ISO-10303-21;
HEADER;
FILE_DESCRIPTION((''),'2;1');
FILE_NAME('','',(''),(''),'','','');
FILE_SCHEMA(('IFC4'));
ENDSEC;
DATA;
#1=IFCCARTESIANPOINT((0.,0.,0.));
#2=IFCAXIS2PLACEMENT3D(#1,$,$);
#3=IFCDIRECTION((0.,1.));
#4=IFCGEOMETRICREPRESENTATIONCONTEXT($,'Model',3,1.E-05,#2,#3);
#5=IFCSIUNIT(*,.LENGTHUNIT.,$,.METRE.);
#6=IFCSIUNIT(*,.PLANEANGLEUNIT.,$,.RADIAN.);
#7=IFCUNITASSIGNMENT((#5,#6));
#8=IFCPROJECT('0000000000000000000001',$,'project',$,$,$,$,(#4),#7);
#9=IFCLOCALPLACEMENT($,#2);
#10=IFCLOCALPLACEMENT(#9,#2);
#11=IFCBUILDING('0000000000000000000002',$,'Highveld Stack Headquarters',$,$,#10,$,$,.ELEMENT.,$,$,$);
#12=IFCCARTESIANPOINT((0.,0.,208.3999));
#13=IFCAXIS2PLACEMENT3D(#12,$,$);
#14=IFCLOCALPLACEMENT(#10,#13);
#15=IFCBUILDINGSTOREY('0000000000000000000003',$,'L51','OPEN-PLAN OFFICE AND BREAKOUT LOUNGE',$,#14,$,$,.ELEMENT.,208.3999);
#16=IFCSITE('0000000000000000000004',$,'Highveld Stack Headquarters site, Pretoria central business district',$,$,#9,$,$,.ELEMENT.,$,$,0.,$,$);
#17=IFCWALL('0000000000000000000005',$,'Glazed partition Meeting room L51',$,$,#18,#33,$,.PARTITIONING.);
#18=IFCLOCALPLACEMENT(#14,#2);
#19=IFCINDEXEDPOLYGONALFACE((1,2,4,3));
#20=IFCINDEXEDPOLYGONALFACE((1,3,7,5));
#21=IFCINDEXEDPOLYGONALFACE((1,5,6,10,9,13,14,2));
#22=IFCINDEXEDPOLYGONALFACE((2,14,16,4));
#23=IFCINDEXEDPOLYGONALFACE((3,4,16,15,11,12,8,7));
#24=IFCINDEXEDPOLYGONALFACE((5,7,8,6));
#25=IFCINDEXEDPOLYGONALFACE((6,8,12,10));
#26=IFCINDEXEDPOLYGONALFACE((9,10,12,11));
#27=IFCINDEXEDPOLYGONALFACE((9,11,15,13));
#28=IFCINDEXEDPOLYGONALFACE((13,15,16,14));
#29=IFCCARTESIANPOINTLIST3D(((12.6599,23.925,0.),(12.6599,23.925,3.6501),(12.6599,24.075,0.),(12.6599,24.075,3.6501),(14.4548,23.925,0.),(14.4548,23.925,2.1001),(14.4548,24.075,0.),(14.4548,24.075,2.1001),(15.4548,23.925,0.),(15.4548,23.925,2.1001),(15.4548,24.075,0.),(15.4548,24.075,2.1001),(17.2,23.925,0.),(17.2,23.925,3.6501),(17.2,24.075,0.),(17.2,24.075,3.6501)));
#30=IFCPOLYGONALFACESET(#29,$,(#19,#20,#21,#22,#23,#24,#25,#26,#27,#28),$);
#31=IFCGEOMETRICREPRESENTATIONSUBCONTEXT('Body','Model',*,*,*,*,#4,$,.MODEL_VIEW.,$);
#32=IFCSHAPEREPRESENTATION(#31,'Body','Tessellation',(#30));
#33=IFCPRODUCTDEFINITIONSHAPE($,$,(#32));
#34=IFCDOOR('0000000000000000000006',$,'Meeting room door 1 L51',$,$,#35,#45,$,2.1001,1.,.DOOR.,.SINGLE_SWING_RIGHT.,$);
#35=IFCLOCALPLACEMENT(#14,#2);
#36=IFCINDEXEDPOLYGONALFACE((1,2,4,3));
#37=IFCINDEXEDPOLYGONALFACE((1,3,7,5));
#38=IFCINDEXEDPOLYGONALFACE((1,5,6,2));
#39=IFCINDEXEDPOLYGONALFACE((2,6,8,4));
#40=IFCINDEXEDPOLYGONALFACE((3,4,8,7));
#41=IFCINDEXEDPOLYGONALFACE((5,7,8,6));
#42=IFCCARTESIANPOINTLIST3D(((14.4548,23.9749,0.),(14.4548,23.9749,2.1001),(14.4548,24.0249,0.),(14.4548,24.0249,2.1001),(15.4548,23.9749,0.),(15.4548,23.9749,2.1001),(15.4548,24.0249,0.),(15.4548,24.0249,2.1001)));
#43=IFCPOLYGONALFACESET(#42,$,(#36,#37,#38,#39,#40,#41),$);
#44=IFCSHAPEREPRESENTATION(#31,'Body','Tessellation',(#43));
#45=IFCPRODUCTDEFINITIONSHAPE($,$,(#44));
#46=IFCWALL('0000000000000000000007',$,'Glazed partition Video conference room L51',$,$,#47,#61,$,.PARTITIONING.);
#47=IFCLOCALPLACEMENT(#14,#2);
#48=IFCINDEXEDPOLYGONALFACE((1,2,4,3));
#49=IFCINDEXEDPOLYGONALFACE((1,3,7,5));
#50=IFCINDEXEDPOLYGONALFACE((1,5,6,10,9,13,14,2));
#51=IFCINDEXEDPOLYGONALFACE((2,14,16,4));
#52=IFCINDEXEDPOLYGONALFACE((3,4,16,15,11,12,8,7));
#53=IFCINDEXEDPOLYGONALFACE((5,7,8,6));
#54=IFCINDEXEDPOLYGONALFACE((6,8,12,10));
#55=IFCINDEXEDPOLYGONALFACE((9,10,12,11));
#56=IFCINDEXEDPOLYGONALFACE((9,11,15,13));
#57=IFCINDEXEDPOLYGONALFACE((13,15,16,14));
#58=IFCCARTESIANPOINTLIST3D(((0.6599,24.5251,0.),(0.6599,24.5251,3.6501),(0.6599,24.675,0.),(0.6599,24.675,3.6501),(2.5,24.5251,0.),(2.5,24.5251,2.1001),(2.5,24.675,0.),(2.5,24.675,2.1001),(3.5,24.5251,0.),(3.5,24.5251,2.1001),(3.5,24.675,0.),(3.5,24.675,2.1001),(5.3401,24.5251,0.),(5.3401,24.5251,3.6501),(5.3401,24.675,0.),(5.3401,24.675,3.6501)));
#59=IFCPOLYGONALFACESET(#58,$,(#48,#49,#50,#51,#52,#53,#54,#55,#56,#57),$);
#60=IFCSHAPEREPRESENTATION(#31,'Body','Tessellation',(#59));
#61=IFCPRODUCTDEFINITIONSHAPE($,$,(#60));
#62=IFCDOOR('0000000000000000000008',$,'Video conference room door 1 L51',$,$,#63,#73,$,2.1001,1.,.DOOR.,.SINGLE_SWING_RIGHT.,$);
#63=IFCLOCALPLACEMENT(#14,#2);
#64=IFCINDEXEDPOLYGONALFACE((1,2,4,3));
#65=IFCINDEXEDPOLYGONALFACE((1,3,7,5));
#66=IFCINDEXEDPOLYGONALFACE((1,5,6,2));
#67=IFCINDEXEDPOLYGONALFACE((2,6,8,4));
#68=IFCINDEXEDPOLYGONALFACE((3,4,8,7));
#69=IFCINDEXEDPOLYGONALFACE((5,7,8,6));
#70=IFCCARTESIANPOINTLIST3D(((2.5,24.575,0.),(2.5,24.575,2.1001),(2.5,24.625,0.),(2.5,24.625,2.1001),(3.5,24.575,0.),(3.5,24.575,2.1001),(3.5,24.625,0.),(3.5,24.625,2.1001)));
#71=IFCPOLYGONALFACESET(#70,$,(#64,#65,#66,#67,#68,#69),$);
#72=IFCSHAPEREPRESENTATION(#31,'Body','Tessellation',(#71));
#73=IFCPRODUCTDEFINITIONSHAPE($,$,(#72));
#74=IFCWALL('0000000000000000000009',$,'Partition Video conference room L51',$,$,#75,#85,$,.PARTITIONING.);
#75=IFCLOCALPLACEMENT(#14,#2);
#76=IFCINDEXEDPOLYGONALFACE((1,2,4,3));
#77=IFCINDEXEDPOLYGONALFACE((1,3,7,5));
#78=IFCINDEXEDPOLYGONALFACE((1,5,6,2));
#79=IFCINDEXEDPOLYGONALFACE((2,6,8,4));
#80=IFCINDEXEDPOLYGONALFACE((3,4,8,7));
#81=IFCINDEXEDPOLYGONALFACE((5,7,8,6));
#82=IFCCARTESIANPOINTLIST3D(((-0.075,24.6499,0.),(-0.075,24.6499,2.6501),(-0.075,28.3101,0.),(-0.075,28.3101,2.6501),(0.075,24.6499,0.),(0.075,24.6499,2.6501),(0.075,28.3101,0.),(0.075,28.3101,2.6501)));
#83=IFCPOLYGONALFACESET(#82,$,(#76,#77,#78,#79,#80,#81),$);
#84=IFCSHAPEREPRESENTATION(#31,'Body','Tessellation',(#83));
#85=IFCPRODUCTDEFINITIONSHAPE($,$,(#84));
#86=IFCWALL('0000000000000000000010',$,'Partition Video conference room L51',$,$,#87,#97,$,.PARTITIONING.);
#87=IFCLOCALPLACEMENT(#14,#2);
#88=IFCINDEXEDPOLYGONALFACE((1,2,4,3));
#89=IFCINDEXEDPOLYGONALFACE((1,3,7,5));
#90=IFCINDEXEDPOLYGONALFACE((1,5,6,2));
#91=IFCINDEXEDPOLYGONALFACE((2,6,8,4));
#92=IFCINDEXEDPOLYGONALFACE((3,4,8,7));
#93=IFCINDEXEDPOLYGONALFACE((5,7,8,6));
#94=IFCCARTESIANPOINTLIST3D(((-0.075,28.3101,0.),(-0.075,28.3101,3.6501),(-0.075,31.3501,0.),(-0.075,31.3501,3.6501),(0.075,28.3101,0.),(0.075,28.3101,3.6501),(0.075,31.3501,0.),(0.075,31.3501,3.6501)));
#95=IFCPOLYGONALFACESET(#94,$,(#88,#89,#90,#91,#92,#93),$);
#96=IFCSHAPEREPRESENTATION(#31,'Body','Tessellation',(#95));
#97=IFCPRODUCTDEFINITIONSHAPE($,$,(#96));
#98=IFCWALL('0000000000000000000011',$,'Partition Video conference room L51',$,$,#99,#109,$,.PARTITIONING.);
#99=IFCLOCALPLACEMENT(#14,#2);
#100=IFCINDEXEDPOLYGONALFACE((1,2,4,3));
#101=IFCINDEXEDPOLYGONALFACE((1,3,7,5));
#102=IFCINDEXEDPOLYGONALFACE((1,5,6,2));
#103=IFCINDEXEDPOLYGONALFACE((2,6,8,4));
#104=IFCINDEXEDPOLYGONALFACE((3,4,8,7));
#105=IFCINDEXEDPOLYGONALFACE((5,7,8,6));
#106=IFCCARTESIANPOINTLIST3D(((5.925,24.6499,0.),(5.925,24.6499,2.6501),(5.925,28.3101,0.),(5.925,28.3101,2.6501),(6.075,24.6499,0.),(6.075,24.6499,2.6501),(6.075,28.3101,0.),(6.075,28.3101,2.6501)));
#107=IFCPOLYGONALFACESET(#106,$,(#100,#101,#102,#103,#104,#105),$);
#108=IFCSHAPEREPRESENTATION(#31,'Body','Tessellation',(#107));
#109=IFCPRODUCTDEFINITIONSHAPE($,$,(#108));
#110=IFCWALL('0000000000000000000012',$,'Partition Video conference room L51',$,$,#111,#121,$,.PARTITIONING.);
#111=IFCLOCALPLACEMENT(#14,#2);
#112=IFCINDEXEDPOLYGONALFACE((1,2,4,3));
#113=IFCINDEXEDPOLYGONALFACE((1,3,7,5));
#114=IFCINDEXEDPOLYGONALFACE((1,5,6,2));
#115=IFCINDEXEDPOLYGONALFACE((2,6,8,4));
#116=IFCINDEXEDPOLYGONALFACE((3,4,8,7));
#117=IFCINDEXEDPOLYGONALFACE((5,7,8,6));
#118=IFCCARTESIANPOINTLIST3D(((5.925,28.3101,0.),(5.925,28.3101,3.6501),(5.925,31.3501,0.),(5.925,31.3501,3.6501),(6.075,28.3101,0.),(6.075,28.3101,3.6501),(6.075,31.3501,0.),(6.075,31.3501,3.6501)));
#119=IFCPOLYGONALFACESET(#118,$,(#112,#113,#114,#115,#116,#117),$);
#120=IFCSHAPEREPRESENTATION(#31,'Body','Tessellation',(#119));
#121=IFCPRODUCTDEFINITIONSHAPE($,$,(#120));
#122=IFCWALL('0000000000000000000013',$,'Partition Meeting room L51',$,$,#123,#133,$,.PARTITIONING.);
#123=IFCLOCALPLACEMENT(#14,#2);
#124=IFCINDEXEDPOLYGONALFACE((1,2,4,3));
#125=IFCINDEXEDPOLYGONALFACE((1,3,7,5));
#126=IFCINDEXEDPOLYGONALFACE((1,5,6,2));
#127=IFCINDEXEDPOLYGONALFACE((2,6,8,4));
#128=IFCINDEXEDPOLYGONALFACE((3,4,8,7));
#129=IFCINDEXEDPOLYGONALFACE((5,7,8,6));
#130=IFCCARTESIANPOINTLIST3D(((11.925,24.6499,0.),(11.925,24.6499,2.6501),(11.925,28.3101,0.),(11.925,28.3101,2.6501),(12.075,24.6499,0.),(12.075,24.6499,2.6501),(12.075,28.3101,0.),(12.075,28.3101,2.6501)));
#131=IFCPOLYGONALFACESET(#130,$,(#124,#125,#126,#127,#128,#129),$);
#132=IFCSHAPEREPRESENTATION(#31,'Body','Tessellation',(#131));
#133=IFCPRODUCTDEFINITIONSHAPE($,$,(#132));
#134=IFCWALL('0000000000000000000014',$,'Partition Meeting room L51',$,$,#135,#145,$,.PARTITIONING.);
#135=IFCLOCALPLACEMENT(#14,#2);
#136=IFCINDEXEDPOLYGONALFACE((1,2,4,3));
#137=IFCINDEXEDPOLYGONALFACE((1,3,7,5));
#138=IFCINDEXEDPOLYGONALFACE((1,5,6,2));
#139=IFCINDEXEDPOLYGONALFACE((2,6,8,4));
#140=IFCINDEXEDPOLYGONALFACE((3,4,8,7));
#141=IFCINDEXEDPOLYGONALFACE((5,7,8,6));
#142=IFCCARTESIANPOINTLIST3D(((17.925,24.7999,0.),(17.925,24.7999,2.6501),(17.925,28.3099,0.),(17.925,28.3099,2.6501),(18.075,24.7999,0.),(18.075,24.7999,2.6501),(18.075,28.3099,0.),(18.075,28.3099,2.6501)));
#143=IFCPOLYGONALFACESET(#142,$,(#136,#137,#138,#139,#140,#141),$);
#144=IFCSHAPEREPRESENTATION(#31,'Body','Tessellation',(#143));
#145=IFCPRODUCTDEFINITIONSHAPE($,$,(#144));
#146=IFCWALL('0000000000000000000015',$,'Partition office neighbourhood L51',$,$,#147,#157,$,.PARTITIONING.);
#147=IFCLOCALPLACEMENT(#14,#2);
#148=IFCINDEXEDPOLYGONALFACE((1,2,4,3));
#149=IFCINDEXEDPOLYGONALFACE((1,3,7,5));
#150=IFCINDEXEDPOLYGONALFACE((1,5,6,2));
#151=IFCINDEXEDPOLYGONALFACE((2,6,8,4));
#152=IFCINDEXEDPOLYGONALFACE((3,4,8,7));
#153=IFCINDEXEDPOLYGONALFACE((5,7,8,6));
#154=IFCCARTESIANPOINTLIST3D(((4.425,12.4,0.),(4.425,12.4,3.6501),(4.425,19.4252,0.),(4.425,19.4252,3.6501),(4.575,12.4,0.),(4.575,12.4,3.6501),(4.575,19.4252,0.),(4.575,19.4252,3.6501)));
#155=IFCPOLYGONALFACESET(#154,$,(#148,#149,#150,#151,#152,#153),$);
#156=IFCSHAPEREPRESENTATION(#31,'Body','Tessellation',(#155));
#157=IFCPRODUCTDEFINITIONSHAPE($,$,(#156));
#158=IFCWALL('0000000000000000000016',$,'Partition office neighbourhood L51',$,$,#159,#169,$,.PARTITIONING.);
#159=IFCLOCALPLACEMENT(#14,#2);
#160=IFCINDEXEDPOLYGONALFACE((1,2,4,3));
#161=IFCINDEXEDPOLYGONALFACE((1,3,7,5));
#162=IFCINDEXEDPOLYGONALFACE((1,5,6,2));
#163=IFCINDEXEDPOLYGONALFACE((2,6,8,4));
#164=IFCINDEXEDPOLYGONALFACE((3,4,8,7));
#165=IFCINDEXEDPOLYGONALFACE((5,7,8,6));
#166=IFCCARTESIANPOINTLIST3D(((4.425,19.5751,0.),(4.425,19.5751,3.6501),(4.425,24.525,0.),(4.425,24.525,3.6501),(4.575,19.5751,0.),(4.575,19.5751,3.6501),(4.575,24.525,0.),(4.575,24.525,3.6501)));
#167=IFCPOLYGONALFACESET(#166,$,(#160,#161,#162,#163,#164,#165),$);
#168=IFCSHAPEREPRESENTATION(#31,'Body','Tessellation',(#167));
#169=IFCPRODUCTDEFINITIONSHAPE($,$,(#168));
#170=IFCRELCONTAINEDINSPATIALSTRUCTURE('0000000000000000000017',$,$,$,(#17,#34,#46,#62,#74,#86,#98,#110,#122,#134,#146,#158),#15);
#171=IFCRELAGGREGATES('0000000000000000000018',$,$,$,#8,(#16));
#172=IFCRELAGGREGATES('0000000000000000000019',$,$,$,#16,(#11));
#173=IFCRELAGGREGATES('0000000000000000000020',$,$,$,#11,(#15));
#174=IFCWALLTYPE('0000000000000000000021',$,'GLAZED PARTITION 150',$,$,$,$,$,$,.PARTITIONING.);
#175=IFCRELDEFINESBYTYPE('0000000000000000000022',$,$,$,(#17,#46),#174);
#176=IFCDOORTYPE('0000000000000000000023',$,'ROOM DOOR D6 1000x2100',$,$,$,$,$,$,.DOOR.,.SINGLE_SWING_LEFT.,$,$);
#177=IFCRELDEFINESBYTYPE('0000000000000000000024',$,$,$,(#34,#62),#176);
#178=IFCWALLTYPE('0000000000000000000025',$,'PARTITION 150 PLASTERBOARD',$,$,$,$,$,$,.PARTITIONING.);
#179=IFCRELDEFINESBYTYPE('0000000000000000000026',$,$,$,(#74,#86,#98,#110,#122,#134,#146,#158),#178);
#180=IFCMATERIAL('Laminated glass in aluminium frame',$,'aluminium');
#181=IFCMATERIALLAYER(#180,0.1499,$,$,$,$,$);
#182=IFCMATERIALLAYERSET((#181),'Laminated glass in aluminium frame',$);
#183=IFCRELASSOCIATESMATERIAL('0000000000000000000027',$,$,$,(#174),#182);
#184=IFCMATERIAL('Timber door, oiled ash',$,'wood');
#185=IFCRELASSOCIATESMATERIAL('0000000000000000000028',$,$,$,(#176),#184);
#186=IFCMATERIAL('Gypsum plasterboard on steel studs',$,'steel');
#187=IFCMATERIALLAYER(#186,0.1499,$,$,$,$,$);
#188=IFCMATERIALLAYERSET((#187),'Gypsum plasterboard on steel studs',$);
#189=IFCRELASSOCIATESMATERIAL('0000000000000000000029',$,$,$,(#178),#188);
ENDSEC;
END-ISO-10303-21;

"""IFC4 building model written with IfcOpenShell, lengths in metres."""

from ifc_helpers import new_model, si_unit, direction, frame, frame_2d, origin, place, context, subcontext, project, spatial, rectangle, extrude, material, layer, layer_set, type_object, element, fill, save


model = new_model("IFC4")

# Units and contexts
model_context = context("Model", 3, precision=1e-05, world=origin(), true_north=direction((0.0, 1.0)))
body_context = subcontext(model_context, "Body", "Model", "MODEL_VIEW")
ifc_project = project(units=[si_unit("LENGTHUNIT", "METRE"), si_unit("PLANEANGLEUNIT", "RADIAN")], contexts=[model_context])

# Site, building, storey
site_placement = place(None, origin())
site = spatial("IfcSite", under=ifc_project, at=site_placement, Name="Highveld Stack Headquarters site, Pretoria central business district", CompositionType="ELEMENT", RefElevation=0.0)
building_placement = place(site_placement, origin())
building = spatial("IfcBuilding", under=site, at=building_placement, Name="Highveld Stack Headquarters", CompositionType="ELEMENT")
storey_placement = place(building_placement, frame((0.0, 0.0, 208.3999)))
storey = spatial("IfcBuildingStorey", under=building, at=storey_placement, Name="L51", Description="OPEN-PLAN OFFICE AND BREAKOUT LOUNGE", CompositionType="ELEMENT", Elevation=208.3999)

# Walls, openings, doors
ifc_material_1 = material(Name="Laminated glass in aluminium frame", Category="aluminium")
ifc_layer_1 = layer(ifc_material_1, 0.1499)
ifc_layer_set_1 = layer_set([ifc_layer_1], Name="Laminated glass in aluminium frame")
wall_type_1 = type_object("IfcWallType", Name="GLAZED PARTITION 150", PredefinedType="PARTITIONING", material=ifc_layer_set_1)
wall_1_placement = place(storey_placement, frame((12.6599, 24.0, 0.0), z_axis=(0.0, 0.0, 1.0), x_axis=(1.0, 0.0, 0.0)))
wall_1 = element("IfcWall", 1, at=wall_1_placement, inside=storey, type_object=wall_type_1, Name="Glazed partition Meeting room L51", PredefinedType="PARTITIONING", context=body_context, shape_type="SweptSolid", body=[
    extrude(rectangle(XDim=4.54, YDim=0.1499, at=frame_2d((2.27, 0.0))), origin(), (0.0, 0.0, 1.0), 3.6501),
])
opening_1_placement = place(wall_1_placement, frame((1.7949, 0.0, 0.0)))
opening_1 = element("IfcOpeningElement", 2, at=opening_1_placement, cuts=wall_1, PredefinedType="OPENING", context=body_context, shape_type="SweptSolid", body=[
    extrude(rectangle(XDim=1.0, YDim=2.1001, at=frame_2d((0.5, 1.05))), frame((0.0, 0.085, 0.0), z_axis=(0.0, -1.0, 0.0), x_axis=(1.0, 0.0, 0.0)), (0.0, 0.0, 1.0), 0.1699),
])
ifc_material_2 = material(Name="Timber door, oiled ash", Category="wood")
door_type = type_object("IfcDoorType", Name="ROOM DOOR D6 1000x2100", OperationType="SINGLE_SWING_LEFT", PredefinedType="DOOR", material=ifc_material_2)
door_1_placement = place(opening_1_placement, origin())
door_1 = element("IfcDoor", 3, at=door_1_placement, inside=storey, type_object=door_type, Name="Meeting room door 1 L51", OperationType="SINGLE_SWING_RIGHT", OverallHeight=2.1001, OverallWidth=1.0, PredefinedType="DOOR", context=body_context, shape_type="SweptSolid", body=[
    extrude(rectangle(XDim=1.0, YDim=2.1001, at=frame_2d((0.5, 1.05))), frame((0.0, 0.0249, 0.0), z_axis=(0.0, -1.0, 0.0), x_axis=(1.0, 0.0, 0.0)), (0.0, 0.0, 1.0), 0.05),
])
fill(opening_1, door_1)
wall_2_placement = place(storey_placement, frame((0.6599, 24.6001, 0.0), z_axis=(0.0, 0.0, 1.0), x_axis=(1.0, 0.0, 0.0)))
wall_2 = element("IfcWall", 4, at=wall_2_placement, inside=storey, type_object=wall_type_1, Name="Glazed partition Video conference room L51", PredefinedType="PARTITIONING", context=body_context, shape_type="SweptSolid", body=[
    extrude(rectangle(XDim=4.6802, YDim=0.1499, at=frame_2d((2.3401, 0.0))), origin(), (0.0, 0.0, 1.0), 3.6501),
])
opening_2_placement = place(wall_2_placement, frame((1.8401, 0.0, 0.0)))
opening_2 = element("IfcOpeningElement", 5, at=opening_2_placement, cuts=wall_2, PredefinedType="OPENING", context=body_context, shape_type="SweptSolid", body=[
    extrude(rectangle(XDim=1.0, YDim=2.1001, at=frame_2d((0.5, 1.05))), frame((0.0, 0.085, 0.0), z_axis=(0.0, -1.0, 0.0), x_axis=(1.0, 0.0, 0.0)), (0.0, 0.0, 1.0), 0.1699),
])
door_2_placement = place(opening_2_placement, origin())
door_2 = element("IfcDoor", 6, at=door_2_placement, inside=storey, type_object=door_type, Name="Video conference room door 1 L51", OperationType="SINGLE_SWING_RIGHT", OverallHeight=2.1001, OverallWidth=1.0, PredefinedType="DOOR", context=body_context, shape_type="SweptSolid", body=[
    extrude(rectangle(XDim=1.0, YDim=2.1001, at=frame_2d((0.5, 1.05))), frame((0.0, 0.0249, 0.0), z_axis=(0.0, -1.0, 0.0), x_axis=(1.0, 0.0, 0.0)), (0.0, 0.0, 1.0), 0.05),
])
fill(opening_2, door_2)

# Walls
ifc_material_3 = material(Name="Gypsum plasterboard on steel studs", Category="steel")
ifc_layer_2 = layer(ifc_material_3, 0.1499)
ifc_layer_set_2 = layer_set([ifc_layer_2], Name="Gypsum plasterboard on steel studs")
wall_type_2 = type_object("IfcWallType", Name="PARTITION 150 PLASTERBOARD", PredefinedType="PARTITIONING", material=ifc_layer_set_2)
wall_3_placement = place(storey_placement, frame((0.0, 24.6499, 0.0), z_axis=(0.0, 0.0, 1.0), x_axis=(0.0, 1.0, 0.0)))
element("IfcWall", 7, at=wall_3_placement, inside=storey, type_object=wall_type_2, Name="Partition Video conference room L51", PredefinedType="PARTITIONING", context=body_context, shape_type="SweptSolid", body=[
    extrude(rectangle(XDim=3.6602, YDim=0.1499, at=frame_2d((1.8301, 0.0))), origin(), (0.0, 0.0, 1.0), 2.6501),
])
wall_4_placement = place(storey_placement, frame((0.0, 28.3101, 0.0), z_axis=(0.0, 0.0, 1.0), x_axis=(0.0, 1.0, 0.0)))
element("IfcWall", 8, at=wall_4_placement, inside=storey, type_object=wall_type_2, Name="Partition Video conference room L51", PredefinedType="PARTITIONING", context=body_context, shape_type="SweptSolid", body=[
    extrude(rectangle(XDim=3.04, YDim=0.1499, at=frame_2d((1.52, 0.0))), origin(), (0.0, 0.0, 1.0), 3.6501),
])
wall_5_placement = place(storey_placement, frame((6.0, 24.6499, 0.0), z_axis=(0.0, 0.0, 1.0), x_axis=(0.0, 1.0, 0.0)))
element("IfcWall", 9, at=wall_5_placement, inside=storey, type_object=wall_type_2, Name="Partition Video conference room L51", PredefinedType="PARTITIONING", context=body_context, shape_type="SweptSolid", body=[
    extrude(rectangle(XDim=3.6602, YDim=0.1499, at=frame_2d((1.8301, 0.0))), origin(), (0.0, 0.0, 1.0), 2.6501),
])
wall_6_placement = place(storey_placement, frame((6.0, 28.3101, 0.0), z_axis=(0.0, 0.0, 1.0), x_axis=(0.0, 1.0, 0.0)))
element("IfcWall", 10, at=wall_6_placement, inside=storey, type_object=wall_type_2, Name="Partition Video conference room L51", PredefinedType="PARTITIONING", context=body_context, shape_type="SweptSolid", body=[
    extrude(rectangle(XDim=3.04, YDim=0.1499, at=frame_2d((1.52, 0.0))), origin(), (0.0, 0.0, 1.0), 3.6501),
])
wall_7_placement = place(storey_placement, frame((12.0, 24.6499, 0.0), z_axis=(0.0, 0.0, 1.0), x_axis=(0.0, 1.0, 0.0)))
element("IfcWall", 11, at=wall_7_placement, inside=storey, type_object=wall_type_2, Name="Partition Meeting room L51", PredefinedType="PARTITIONING", context=body_context, shape_type="SweptSolid", body=[
    extrude(rectangle(XDim=3.6602, YDim=0.1499, at=frame_2d((1.8301, 0.0))), origin(), (0.0, 0.0, 1.0), 2.6501),
])
wall_8_placement = place(storey_placement, frame((18.0, 24.8, 0.0), z_axis=(0.0, 0.0, 1.0), x_axis=(0.0, 1.0, 0.0)))
element("IfcWall", 12, at=wall_8_placement, inside=storey, type_object=wall_type_2, Name="Partition Meeting room L51", PredefinedType="PARTITIONING", context=body_context, shape_type="SweptSolid", body=[
    extrude(rectangle(XDim=3.51, YDim=0.1499, at=frame_2d((1.7549, 0.0))), origin(), (0.0, 0.0, 1.0), 2.6501),
])
wall_9_placement = place(storey_placement, frame((4.5, 12.3999, 0.0), z_axis=(0.0, 0.0, 1.0), x_axis=(0.0, 1.0, 0.0)))
element("IfcWall", 13, at=wall_9_placement, inside=storey, type_object=wall_type_2, Name="Partition office neighbourhood L51", PredefinedType="PARTITIONING", context=body_context, shape_type="SweptSolid", body=[
    extrude(rectangle(XDim=7.0251, YDim=0.1499, at=frame_2d((3.5127, 0.0))), origin(), (0.0, 0.0, 1.0), 3.6501),
])
wall_10_placement = place(storey_placement, frame((4.5, 19.575, 0.0), z_axis=(0.0, 0.0, 1.0), x_axis=(0.0, 1.0, 0.0)))
element("IfcWall", 14, at=wall_10_placement, inside=storey, type_object=wall_type_2, Name="Partition office neighbourhood L51", PredefinedType="PARTITIONING", context=body_context, shape_type="SweptSolid", body=[
    extrude(rectangle(XDim=4.95, YDim=0.1499, at=frame_2d((2.4751, 0.0))), origin(), (0.0, 0.0, 1.0), 3.6501),
])

save(model, "model.ifc")
